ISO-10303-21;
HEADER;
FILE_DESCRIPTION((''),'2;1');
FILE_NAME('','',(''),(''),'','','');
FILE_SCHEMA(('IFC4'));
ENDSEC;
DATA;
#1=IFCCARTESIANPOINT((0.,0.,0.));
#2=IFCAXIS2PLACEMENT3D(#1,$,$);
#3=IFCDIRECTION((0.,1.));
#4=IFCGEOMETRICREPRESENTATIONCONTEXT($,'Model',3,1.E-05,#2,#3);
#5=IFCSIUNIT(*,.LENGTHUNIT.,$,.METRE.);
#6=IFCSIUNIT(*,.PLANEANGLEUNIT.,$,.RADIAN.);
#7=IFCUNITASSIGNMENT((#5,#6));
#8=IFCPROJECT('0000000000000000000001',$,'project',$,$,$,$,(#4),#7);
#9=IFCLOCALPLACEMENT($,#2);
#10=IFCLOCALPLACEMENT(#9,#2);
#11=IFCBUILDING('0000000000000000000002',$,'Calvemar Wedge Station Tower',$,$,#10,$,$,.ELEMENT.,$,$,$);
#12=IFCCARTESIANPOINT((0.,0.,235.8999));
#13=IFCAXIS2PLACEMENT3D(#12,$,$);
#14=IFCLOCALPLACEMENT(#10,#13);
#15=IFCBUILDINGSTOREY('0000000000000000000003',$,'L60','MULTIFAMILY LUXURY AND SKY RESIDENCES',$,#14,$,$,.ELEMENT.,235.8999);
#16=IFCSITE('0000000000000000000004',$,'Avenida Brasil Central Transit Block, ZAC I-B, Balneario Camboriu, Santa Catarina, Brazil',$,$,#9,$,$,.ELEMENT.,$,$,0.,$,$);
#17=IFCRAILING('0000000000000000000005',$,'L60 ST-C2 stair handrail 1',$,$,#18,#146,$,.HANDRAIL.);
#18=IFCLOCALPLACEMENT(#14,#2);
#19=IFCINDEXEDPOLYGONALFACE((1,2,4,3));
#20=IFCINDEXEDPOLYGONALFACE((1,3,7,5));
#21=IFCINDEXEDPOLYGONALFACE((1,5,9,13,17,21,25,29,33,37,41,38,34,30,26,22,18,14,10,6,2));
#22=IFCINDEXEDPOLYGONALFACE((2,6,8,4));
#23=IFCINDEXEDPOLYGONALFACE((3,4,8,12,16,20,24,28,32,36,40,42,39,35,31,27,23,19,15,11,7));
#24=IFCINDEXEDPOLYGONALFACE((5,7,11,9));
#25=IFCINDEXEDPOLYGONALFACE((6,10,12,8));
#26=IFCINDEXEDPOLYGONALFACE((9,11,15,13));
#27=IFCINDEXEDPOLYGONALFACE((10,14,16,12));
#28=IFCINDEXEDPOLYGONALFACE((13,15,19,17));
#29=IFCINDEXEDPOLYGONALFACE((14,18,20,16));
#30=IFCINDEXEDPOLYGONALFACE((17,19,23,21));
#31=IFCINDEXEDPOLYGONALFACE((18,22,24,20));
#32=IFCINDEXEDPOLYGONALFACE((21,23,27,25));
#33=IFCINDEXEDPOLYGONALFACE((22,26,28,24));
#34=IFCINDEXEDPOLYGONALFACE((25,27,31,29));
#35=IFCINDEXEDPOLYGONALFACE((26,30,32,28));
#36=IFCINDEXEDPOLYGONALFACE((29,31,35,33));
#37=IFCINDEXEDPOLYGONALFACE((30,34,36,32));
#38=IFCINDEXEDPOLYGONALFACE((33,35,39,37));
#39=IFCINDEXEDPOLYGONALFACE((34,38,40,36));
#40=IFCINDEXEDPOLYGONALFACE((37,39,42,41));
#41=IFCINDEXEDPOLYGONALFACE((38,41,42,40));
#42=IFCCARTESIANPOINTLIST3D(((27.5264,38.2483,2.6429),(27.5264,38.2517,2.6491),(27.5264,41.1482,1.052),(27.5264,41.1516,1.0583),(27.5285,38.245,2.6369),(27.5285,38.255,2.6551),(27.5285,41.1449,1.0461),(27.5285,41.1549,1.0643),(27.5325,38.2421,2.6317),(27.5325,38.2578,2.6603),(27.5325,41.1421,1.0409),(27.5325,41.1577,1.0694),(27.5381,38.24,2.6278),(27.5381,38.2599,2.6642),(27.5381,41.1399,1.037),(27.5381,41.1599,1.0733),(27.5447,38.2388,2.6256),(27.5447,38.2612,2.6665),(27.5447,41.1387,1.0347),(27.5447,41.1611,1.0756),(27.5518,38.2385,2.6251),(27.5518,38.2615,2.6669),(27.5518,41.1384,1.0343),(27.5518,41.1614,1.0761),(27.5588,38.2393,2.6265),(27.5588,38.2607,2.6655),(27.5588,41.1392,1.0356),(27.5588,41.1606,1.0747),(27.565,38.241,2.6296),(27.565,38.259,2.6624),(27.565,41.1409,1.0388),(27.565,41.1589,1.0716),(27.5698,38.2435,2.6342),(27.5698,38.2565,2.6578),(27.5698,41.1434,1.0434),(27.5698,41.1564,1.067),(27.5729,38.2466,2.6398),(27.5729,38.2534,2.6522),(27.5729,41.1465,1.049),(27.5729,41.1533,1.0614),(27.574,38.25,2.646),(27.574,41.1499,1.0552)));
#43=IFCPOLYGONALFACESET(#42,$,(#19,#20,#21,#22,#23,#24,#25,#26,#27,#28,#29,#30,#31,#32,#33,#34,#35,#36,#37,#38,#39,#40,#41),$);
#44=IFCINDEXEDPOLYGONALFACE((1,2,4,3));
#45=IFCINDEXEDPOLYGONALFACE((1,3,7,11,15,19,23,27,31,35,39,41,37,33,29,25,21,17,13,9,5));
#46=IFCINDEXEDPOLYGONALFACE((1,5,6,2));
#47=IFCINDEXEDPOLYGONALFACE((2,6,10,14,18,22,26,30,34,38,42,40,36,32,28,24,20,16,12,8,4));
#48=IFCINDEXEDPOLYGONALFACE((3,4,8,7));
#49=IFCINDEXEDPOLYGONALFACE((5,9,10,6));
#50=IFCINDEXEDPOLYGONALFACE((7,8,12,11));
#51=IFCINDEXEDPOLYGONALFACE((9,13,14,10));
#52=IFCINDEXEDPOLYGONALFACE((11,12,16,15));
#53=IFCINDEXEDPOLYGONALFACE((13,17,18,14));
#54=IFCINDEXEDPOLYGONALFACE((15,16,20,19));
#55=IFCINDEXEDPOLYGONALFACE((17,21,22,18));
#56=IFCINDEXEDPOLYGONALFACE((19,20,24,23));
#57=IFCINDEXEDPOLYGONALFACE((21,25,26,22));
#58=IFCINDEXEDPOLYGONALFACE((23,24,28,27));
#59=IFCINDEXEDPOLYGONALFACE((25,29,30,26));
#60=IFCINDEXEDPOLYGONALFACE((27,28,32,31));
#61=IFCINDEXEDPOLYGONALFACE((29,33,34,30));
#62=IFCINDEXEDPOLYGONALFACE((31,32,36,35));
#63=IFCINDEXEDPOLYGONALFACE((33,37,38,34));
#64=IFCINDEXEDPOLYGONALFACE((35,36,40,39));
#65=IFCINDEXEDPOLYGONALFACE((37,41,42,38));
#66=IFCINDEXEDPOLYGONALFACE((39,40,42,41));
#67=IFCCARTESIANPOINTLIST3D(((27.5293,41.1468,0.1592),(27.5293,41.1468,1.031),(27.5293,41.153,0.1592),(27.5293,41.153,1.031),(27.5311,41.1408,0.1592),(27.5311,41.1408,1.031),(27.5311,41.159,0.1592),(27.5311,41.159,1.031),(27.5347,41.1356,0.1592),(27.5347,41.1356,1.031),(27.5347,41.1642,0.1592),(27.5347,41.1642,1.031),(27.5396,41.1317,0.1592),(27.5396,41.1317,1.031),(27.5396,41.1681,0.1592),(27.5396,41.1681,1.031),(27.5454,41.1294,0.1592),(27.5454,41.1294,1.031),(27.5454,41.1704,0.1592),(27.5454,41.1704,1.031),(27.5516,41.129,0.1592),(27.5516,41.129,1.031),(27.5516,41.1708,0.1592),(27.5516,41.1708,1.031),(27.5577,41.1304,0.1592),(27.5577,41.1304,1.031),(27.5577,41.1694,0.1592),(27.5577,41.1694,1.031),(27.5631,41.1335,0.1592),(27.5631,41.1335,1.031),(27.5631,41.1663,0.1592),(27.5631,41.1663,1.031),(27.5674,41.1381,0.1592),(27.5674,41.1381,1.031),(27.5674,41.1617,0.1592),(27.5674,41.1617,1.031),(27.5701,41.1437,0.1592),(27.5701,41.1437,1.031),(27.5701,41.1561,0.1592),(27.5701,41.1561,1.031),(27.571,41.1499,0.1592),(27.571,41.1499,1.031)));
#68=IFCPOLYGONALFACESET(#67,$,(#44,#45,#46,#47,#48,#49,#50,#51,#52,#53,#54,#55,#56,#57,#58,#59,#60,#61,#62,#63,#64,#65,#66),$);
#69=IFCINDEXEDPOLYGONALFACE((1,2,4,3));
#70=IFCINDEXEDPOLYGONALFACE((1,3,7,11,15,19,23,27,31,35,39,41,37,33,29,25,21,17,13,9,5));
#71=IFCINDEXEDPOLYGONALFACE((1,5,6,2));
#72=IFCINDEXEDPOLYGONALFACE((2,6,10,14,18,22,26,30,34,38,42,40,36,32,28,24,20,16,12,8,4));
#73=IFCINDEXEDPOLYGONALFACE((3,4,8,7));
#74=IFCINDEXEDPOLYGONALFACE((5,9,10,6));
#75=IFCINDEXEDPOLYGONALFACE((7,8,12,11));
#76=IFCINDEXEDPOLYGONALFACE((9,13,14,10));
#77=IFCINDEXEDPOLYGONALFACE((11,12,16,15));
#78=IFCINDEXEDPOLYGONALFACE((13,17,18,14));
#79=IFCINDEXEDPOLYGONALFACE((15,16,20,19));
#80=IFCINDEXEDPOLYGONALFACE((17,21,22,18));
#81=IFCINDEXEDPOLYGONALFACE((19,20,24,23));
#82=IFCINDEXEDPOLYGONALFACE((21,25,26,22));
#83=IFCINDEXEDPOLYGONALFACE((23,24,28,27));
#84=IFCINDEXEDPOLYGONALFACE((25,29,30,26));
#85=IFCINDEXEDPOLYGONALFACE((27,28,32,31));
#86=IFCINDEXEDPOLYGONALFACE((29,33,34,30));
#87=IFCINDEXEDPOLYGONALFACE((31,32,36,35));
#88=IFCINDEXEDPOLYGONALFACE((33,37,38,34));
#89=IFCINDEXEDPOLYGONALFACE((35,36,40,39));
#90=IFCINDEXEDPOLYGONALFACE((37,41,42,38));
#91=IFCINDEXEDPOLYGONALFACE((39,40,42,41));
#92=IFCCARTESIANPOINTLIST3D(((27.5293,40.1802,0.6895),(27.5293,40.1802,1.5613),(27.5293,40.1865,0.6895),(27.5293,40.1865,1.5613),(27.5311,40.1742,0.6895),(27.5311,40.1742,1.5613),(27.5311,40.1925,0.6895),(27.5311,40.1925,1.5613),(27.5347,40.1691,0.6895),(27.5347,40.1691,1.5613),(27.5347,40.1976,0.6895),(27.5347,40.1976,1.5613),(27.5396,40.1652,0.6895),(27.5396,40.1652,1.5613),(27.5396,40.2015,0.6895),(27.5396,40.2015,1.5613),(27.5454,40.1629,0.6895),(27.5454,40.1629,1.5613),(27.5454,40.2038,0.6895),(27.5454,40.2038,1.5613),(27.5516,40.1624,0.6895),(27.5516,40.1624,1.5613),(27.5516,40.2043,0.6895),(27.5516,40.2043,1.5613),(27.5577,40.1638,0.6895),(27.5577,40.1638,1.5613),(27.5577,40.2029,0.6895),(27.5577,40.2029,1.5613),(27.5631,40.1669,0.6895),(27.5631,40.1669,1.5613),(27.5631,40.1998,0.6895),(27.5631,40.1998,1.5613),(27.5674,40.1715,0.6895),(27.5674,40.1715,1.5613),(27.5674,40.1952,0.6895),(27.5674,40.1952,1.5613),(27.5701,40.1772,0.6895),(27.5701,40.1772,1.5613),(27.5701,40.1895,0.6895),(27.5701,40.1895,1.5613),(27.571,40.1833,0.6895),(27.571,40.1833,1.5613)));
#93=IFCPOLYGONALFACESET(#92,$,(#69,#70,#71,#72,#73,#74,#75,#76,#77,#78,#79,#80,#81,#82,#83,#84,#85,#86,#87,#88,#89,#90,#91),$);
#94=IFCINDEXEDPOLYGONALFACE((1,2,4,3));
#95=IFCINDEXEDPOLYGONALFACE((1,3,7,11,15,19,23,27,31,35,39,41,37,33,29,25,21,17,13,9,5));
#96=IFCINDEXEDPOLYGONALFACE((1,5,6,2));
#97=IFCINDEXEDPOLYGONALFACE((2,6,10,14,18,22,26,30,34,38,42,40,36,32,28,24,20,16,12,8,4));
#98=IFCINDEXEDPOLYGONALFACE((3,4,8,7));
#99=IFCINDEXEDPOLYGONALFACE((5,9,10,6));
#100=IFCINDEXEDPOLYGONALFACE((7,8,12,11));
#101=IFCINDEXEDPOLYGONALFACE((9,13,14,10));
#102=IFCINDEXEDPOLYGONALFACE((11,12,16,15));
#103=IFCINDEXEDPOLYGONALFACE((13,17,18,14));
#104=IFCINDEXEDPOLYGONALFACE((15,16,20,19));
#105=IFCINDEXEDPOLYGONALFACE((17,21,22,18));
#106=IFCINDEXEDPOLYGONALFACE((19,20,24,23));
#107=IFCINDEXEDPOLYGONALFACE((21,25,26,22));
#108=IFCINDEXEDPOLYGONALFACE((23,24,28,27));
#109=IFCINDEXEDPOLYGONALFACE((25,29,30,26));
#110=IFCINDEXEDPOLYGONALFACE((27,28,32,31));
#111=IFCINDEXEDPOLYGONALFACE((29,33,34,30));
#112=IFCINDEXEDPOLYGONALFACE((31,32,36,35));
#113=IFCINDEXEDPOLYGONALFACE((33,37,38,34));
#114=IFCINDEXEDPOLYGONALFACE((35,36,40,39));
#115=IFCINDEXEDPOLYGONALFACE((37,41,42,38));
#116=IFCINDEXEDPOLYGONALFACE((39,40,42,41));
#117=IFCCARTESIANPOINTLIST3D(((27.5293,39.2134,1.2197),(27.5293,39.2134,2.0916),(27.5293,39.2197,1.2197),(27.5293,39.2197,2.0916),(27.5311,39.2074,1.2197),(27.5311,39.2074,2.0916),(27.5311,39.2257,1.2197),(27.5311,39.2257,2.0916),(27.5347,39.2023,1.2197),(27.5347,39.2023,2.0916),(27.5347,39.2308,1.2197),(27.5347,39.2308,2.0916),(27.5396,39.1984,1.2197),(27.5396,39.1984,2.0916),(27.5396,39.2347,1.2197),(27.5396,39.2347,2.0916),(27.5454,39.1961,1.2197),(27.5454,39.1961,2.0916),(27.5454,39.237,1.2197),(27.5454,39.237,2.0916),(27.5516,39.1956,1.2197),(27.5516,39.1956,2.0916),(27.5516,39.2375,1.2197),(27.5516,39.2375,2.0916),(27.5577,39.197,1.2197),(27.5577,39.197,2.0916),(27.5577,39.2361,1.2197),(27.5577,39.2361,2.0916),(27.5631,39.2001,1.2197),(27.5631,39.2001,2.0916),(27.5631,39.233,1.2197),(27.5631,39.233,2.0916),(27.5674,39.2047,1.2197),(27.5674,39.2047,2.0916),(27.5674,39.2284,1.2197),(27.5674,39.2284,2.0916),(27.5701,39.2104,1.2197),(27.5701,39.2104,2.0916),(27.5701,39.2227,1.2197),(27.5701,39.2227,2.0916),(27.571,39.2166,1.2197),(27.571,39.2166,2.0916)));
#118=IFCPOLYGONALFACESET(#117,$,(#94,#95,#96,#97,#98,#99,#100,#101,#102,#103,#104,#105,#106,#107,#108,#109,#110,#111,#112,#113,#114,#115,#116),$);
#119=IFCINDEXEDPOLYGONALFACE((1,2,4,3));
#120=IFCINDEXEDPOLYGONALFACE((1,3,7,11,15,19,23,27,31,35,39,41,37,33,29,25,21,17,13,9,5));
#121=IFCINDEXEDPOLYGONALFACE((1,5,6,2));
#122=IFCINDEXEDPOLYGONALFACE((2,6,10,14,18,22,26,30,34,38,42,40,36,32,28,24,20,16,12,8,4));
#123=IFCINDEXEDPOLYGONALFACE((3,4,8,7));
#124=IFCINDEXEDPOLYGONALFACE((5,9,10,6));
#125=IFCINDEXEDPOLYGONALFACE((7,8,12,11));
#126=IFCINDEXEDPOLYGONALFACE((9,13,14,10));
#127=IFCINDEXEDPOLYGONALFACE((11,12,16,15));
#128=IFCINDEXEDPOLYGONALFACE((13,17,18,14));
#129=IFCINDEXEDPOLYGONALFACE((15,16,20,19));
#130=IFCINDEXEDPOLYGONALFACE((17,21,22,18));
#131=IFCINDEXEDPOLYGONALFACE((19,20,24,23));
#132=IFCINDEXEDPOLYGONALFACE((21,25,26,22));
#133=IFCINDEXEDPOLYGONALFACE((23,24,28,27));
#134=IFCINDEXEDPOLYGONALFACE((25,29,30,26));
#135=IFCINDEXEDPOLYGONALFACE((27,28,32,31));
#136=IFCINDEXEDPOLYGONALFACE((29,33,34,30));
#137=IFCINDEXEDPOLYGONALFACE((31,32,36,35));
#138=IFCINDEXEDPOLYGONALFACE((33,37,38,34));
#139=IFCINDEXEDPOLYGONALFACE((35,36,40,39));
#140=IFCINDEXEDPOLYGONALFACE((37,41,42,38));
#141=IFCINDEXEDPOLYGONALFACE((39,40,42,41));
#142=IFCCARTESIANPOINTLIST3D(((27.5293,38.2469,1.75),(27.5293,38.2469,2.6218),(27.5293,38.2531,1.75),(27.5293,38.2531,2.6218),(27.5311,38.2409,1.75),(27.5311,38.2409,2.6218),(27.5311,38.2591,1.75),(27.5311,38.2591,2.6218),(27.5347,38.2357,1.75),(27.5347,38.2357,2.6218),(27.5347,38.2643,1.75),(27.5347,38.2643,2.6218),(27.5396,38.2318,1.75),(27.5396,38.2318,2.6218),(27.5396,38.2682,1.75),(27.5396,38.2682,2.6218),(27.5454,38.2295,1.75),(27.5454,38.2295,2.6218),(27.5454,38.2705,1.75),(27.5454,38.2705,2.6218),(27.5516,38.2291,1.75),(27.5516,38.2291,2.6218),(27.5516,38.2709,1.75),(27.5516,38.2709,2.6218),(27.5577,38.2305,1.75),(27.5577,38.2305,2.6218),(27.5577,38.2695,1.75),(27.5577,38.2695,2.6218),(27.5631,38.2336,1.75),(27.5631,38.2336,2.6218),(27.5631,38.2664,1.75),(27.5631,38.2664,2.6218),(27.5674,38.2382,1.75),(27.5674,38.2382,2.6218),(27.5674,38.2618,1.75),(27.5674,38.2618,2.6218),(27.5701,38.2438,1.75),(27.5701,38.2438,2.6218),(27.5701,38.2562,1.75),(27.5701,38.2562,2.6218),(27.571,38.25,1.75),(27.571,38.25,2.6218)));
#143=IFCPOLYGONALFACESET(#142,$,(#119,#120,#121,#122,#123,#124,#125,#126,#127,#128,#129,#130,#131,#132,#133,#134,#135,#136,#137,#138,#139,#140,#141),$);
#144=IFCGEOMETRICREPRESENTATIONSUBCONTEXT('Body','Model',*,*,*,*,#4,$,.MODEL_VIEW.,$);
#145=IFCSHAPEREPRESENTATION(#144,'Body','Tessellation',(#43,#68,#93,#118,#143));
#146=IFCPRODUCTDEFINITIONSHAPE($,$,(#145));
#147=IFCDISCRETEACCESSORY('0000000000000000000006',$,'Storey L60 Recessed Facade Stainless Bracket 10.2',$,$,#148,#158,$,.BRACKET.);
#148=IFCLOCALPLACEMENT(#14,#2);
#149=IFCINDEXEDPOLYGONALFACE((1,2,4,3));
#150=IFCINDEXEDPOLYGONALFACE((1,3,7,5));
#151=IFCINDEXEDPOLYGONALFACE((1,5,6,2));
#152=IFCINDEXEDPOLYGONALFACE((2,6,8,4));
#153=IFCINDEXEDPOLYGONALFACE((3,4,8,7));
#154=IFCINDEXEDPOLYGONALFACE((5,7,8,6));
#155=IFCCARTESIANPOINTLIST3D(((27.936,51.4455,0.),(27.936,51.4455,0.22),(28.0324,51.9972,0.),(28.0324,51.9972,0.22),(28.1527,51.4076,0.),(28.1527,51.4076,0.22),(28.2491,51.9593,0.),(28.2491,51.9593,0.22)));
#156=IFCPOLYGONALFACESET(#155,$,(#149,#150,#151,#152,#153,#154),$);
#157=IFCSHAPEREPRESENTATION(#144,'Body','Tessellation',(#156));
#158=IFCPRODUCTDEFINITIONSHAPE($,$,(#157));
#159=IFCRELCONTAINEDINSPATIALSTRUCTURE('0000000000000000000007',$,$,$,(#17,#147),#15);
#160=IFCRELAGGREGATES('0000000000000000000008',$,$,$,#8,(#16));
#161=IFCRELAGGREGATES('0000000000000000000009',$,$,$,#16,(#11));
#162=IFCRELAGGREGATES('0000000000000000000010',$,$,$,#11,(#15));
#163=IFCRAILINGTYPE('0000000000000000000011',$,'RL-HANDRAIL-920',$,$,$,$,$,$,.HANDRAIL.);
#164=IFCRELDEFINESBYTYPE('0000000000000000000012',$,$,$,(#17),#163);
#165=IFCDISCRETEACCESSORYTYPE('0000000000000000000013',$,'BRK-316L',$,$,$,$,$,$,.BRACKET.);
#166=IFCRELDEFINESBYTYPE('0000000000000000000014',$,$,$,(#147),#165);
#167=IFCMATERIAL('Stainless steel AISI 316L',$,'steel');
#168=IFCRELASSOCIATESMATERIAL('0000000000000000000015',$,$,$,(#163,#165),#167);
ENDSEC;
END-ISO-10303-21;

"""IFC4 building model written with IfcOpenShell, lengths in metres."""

from ifc_helpers import new_model, si_unit, direction, frame, origin, origin_2d, place, context, subcontext, project, spatial, rectangle, circle, extrude, source, transform, mapped, material, type_object, element, save


model = new_model("IFC4")

# Units and contexts
model_context = context("Model", 3, precision=1e-05, world=origin(), true_north=direction((0.0, 1.0)))
body_context = subcontext(model_context, "Body", "Model", "MODEL_VIEW")
ifc_project = project(units=[si_unit("LENGTHUNIT", "METRE"), si_unit("PLANEANGLEUNIT", "RADIAN")], contexts=[model_context])

# Site, building, storey
site_placement = place(None, origin())
site = spatial("IfcSite", under=ifc_project, at=site_placement, Name="Avenida Brasil Central Transit Block, ZAC I-B, Balneario Camboriu, Santa Catarina, Brazil", CompositionType="ELEMENT", RefElevation=0.0)
building_placement = place(site_placement, origin())
building = spatial("IfcBuilding", under=site, at=building_placement, Name="Calvemar Wedge Station Tower", CompositionType="ELEMENT")
storey_placement = place(building_placement, frame((0.0, 0.0, 235.8999)))
storey = spatial("IfcBuildingStorey", under=building, at=storey_placement, Name="L60", Description="MULTIFAMILY LUXURY AND SKY RESIDENCES", CompositionType="ELEMENT", Elevation=235.8999)

# Railing
ifc_material_1 = material(Name="Stainless steel AISI 316L", Category="steel")
railing_type = type_object("IfcRailingType", Name="RL-HANDRAIL-920", PredefinedType="HANDRAIL", material=ifc_material_1)
railing_placement = place(storey_placement, frame((27.55, 41.1499, 0.1592)))
element("IfcRailing", 1, at=railing_placement, inside=storey, type_object=railing_type, Name="L60 ST-C2 stair handrail 1", PredefinedType="HANDRAIL", context=body_context, shape_type="SweptSolid", body=[
    extrude(circle(Radius=0.0239, at=origin_2d()), frame((0.0, 0.0, 0.896), z_axis=(0.0, -0.876742, 0.480961), x_axis=(1.0, 0.0, 0.0)), (0.0, 0.0, 1.0), 3.3076),
    extrude(circle(Radius=0.021, at=origin_2d()), origin(), (0.0, 0.0, 1.0), 0.8718),
    extrude(circle(Radius=0.021, at=origin_2d()), frame((0.0, -0.9666, 0.5303)), (0.0, 0.0, 1.0), 0.8718),
    extrude(circle(Radius=0.021, at=origin_2d()), frame((0.0, -1.9333, 1.0605)), (0.0, 0.0, 1.0), 0.8718),
    extrude(circle(Radius=0.021, at=origin_2d()), frame((0.0, -2.8999, 1.5908)), (0.0, 0.0, 1.0), 0.8718),
])

# Discrete accessory
discrete_accessory_type = type_object("IfcDiscreteAccessoryType", Name="BRK-316L", PredefinedType="BRACKET", material=ifc_material_1)
shared_shape_1 = source(origin(), body_context, "Body", "SweptSolid", [
    extrude(rectangle(XDim=0.22, YDim=0.5601, at=origin_2d()), origin(), (0.0, 0.0, 1.0), 0.22),
])
discrete_accessory_placement = place(storey_placement, frame((28.0925, 51.7024, 0.0), z_axis=(0.0, 0.0, 1.0), x_axis=(-0.985079, 0.172101, 0.0)))
element("IfcDiscreteAccessory", 2, at=discrete_accessory_placement, inside=storey, type_object=discrete_accessory_type, Name="Storey L60 Recessed Facade Stainless Bracket 10.2", PredefinedType="BRACKET", context=body_context, shape_type="MappedRepresentation", body=[
    mapped(shared_shape_1, transform((0.0, 0.0, 0.0), scale=1.0)),
])

save(model, "model.ifc")
